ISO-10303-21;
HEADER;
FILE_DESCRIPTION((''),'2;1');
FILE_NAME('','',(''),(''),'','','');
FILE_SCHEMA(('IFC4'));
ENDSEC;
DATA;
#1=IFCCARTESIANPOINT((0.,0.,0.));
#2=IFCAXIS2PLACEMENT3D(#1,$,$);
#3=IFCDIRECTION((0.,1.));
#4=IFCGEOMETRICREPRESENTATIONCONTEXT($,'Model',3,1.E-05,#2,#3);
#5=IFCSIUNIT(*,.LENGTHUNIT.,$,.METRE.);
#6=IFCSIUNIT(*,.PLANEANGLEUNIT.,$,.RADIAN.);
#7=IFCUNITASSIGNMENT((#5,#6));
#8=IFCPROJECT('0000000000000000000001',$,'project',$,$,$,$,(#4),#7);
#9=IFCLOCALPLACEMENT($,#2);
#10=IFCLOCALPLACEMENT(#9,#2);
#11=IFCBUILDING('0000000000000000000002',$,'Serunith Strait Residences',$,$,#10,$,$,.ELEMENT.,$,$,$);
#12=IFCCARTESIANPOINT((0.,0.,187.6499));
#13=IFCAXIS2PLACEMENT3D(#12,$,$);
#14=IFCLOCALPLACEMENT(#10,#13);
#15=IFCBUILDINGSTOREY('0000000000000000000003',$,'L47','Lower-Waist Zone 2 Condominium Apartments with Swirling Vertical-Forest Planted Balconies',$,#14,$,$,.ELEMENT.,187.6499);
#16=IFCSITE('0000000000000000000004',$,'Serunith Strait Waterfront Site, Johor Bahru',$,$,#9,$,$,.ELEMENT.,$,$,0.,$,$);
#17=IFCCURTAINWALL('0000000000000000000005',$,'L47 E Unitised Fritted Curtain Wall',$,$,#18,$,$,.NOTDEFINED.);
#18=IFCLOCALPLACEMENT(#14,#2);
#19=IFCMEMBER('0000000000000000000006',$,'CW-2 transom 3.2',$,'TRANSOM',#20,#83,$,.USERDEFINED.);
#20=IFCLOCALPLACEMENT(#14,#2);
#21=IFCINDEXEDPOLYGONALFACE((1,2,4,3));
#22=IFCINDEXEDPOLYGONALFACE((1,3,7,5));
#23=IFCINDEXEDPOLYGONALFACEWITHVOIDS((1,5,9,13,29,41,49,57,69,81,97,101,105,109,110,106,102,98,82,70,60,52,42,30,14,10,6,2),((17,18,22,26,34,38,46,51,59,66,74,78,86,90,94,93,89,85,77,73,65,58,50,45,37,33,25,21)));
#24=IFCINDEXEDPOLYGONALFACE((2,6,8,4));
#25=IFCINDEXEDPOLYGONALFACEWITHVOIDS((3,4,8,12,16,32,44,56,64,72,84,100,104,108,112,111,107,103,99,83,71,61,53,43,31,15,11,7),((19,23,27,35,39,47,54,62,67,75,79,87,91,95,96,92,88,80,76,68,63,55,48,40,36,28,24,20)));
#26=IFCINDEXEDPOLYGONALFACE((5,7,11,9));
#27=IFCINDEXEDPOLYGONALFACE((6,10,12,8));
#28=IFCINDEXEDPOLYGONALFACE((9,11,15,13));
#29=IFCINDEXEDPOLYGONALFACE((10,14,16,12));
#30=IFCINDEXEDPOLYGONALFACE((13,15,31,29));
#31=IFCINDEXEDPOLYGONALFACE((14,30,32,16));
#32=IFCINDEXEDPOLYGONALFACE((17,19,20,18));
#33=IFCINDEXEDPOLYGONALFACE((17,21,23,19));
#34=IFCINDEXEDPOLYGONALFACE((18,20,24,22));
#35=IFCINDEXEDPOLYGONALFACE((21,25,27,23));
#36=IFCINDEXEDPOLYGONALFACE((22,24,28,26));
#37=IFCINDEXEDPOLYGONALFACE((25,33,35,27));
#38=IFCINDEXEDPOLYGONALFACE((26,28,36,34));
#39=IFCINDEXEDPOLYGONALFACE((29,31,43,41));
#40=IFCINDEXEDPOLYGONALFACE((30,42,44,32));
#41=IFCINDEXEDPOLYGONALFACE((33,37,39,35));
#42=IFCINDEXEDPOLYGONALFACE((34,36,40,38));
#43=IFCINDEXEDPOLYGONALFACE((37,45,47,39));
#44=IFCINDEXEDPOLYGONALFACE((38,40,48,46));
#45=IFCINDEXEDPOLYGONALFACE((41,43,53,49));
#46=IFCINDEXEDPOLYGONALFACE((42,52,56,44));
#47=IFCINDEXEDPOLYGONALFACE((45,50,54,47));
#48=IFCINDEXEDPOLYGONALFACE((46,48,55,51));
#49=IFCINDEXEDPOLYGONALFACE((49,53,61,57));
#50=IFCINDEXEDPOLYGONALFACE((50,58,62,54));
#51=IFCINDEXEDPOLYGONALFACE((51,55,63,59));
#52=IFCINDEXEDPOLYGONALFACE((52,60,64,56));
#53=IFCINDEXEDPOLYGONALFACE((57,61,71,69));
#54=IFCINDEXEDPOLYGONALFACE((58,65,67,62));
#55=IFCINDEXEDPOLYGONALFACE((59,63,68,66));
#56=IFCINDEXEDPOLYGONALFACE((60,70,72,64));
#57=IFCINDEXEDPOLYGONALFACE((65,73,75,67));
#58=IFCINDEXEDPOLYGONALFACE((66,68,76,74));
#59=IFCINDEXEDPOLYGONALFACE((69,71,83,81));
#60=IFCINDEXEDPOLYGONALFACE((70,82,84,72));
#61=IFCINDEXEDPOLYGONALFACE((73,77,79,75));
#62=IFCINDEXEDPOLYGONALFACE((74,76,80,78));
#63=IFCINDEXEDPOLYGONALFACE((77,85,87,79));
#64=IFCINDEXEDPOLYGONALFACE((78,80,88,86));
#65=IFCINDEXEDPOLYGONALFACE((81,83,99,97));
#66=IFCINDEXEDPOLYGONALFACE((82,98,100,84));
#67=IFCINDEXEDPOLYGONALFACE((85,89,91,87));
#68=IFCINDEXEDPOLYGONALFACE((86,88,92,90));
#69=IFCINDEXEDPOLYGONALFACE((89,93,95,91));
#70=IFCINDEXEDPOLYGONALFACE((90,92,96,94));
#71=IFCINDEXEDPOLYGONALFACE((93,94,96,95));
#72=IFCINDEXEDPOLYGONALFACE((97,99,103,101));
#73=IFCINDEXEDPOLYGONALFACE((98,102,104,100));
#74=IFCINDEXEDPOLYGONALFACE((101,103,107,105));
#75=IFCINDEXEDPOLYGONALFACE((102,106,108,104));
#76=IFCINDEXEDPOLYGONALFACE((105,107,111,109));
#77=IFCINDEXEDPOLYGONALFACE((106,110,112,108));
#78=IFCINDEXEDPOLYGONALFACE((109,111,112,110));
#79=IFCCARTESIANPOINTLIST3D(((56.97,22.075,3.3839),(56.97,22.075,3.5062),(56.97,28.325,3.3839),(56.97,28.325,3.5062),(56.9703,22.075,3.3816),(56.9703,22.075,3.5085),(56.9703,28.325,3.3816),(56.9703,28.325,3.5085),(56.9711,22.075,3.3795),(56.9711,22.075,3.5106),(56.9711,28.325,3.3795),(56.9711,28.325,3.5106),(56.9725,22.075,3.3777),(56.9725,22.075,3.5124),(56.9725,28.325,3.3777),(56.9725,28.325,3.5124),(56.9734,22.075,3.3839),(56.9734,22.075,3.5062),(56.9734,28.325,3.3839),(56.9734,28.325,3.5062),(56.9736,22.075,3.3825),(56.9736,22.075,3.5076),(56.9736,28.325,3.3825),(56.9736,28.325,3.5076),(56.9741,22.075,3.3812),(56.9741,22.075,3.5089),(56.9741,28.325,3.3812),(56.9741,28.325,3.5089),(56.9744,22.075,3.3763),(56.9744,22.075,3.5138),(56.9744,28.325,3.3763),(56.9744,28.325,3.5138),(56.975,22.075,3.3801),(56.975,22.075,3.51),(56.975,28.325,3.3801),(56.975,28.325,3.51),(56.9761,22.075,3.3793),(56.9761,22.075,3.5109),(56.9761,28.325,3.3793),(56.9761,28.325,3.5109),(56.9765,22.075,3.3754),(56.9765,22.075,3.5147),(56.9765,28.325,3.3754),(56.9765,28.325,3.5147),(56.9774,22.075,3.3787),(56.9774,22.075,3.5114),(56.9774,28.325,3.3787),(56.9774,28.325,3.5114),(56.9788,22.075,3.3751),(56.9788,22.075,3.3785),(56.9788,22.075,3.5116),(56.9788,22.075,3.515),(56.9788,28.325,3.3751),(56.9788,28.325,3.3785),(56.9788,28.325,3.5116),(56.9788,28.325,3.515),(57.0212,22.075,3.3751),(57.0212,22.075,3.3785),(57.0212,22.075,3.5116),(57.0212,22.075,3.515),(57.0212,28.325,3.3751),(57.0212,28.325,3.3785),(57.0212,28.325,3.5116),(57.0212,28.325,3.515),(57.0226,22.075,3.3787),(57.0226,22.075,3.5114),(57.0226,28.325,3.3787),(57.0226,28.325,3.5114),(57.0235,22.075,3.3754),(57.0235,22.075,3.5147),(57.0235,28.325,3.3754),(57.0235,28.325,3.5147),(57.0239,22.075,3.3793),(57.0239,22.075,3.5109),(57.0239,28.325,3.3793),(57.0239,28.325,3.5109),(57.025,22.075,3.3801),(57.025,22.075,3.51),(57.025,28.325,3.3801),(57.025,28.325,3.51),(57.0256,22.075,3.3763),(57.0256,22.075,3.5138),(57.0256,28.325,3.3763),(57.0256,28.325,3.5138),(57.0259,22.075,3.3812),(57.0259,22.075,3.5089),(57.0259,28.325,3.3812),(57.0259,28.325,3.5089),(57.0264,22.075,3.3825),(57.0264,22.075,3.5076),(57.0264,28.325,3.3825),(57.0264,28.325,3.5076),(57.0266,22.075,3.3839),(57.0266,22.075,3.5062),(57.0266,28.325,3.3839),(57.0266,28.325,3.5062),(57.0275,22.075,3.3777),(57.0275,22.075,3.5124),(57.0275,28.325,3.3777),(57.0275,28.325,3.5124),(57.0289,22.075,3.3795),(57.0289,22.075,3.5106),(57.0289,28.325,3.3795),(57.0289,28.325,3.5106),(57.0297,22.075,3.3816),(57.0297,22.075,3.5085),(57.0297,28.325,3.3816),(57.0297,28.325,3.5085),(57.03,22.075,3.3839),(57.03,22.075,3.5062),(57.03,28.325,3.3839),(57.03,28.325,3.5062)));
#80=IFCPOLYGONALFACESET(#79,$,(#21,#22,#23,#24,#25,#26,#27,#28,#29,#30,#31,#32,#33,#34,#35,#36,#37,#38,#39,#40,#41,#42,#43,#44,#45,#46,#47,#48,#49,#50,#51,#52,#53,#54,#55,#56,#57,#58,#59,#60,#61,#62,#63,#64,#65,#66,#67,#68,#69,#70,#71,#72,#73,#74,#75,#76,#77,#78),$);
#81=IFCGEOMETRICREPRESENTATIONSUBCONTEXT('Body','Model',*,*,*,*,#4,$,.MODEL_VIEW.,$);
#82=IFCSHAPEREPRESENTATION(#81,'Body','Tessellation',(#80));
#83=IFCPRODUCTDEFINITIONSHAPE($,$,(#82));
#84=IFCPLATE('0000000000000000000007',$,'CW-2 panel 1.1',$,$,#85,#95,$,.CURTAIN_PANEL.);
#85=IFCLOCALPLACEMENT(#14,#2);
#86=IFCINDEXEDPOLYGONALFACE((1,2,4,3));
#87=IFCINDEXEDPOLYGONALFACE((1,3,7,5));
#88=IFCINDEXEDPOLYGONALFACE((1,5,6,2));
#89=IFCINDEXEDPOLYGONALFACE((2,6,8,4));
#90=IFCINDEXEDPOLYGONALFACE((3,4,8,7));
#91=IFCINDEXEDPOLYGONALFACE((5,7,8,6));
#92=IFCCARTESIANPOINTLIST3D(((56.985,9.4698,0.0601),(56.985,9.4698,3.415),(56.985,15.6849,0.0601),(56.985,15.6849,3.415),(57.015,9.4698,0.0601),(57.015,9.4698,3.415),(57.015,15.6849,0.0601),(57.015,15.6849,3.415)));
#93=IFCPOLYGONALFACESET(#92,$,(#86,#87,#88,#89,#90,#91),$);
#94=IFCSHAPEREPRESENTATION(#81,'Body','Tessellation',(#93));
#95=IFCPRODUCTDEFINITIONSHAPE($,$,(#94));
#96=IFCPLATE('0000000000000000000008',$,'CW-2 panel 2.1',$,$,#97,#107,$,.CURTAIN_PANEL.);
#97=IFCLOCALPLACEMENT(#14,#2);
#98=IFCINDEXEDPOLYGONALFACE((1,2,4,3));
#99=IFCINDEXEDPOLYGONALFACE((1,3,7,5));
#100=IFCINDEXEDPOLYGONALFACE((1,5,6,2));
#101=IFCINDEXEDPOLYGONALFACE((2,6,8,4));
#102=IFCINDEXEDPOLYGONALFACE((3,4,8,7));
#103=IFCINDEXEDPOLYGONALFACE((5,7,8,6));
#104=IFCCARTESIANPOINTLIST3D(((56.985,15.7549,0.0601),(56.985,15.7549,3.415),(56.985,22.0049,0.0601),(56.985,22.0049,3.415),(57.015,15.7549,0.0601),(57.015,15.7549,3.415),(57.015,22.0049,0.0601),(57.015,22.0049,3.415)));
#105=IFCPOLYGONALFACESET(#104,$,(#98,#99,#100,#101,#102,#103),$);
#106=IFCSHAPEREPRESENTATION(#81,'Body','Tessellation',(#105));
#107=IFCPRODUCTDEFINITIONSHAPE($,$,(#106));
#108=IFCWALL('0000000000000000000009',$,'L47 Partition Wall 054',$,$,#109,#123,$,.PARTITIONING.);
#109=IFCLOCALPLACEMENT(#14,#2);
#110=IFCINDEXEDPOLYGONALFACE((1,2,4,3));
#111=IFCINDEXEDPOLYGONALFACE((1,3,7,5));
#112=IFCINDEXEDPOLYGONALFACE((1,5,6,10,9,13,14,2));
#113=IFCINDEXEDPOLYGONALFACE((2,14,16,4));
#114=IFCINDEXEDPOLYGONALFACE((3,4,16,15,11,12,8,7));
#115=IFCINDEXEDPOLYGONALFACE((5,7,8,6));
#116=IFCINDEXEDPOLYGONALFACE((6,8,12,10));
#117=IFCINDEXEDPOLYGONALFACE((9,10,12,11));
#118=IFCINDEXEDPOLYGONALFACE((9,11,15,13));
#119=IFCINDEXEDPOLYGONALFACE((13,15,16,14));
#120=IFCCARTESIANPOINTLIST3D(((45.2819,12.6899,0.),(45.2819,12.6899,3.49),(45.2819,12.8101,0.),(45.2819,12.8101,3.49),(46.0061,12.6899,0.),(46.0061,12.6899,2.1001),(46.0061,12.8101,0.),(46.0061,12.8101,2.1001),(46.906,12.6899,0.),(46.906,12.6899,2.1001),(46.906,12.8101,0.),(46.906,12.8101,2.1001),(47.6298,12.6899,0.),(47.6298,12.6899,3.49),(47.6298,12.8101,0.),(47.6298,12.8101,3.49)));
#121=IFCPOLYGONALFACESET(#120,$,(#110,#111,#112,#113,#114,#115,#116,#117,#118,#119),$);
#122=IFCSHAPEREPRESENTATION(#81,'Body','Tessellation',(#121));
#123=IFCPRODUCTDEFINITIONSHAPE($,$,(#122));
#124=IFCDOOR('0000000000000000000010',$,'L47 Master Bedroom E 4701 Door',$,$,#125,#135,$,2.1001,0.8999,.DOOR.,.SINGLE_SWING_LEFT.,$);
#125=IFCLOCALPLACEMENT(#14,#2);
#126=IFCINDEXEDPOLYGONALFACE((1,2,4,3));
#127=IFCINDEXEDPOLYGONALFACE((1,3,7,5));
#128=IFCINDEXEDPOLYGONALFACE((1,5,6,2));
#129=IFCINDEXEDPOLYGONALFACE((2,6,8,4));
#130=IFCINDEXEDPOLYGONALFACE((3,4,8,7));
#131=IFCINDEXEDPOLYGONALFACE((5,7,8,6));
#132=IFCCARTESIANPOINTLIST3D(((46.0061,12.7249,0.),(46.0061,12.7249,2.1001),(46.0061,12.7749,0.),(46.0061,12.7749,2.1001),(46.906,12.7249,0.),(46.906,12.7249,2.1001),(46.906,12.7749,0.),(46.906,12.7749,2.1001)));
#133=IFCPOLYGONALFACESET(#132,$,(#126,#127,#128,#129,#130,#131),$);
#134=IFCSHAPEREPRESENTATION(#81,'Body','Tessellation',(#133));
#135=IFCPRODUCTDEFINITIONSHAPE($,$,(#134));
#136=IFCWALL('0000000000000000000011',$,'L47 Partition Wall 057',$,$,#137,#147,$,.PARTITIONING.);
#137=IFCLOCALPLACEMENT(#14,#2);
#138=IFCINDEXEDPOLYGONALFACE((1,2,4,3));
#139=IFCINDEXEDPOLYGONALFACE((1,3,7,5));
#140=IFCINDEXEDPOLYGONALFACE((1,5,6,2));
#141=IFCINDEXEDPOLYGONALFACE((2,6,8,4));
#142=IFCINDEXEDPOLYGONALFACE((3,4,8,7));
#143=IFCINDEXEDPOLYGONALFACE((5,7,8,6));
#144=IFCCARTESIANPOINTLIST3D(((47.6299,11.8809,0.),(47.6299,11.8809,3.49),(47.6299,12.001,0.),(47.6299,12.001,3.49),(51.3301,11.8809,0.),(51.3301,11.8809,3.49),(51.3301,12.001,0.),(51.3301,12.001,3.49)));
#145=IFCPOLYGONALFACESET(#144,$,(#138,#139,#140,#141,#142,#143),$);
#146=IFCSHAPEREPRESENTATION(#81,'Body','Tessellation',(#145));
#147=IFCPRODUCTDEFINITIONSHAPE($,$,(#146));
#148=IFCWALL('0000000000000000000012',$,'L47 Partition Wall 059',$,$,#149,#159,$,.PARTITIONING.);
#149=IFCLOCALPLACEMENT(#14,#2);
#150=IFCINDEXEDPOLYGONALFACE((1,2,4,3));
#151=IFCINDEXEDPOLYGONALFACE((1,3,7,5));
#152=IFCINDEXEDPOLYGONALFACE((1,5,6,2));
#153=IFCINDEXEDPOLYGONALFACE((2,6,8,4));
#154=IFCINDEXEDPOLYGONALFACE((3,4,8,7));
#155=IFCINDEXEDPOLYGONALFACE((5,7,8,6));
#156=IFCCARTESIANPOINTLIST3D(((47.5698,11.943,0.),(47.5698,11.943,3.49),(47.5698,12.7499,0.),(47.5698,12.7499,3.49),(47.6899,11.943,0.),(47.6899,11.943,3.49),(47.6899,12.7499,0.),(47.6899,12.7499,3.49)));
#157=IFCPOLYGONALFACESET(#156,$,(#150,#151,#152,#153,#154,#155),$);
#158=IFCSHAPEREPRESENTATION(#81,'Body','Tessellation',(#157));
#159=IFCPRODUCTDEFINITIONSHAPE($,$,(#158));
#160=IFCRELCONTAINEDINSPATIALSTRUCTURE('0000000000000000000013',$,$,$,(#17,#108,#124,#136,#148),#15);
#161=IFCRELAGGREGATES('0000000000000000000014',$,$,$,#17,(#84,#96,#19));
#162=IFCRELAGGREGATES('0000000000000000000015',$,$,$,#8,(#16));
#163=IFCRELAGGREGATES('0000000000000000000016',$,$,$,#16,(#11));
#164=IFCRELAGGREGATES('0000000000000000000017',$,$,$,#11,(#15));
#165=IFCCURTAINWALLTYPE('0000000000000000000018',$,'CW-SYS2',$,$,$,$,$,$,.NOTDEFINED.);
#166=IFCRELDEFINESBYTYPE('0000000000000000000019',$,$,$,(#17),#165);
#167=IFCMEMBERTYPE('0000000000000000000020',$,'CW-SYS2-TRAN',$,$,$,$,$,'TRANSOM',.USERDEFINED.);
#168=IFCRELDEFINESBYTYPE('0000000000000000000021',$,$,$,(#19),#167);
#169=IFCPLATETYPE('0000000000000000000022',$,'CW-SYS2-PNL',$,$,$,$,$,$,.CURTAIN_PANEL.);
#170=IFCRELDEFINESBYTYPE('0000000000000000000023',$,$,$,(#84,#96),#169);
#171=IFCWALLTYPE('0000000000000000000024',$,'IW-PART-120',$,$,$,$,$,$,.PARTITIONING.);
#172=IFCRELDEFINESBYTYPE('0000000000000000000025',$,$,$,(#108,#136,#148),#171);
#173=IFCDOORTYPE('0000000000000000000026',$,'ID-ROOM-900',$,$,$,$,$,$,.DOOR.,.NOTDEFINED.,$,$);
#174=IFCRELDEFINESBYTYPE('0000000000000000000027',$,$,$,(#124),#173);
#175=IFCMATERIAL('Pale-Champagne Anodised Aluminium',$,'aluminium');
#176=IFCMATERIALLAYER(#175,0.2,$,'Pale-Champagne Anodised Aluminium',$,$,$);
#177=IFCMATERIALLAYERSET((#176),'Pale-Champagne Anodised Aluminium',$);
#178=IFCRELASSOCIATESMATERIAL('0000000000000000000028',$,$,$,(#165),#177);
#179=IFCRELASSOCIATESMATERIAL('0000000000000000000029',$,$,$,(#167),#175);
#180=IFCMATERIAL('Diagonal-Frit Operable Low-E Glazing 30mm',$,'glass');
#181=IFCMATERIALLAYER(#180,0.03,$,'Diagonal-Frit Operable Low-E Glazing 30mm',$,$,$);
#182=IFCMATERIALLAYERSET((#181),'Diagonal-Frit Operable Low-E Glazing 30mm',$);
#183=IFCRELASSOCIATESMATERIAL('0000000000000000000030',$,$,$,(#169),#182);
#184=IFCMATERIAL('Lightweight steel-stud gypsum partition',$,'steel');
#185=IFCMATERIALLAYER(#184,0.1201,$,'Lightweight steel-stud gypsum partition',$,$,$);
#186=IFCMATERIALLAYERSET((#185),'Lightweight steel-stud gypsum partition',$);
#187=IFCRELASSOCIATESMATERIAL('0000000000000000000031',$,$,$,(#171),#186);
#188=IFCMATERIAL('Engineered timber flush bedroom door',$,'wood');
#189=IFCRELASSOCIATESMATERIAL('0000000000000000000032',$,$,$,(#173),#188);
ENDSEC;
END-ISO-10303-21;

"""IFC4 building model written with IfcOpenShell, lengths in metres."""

from ifc_helpers import new_model, si_unit, direction, frame, frame_2d, origin, origin_2d, place, context, subcontext, project, spatial, rectangle, hollow_rectangle, extrude, source, transform, mapped, material, layer, layer_set, material_profile, profile_set, type_object, element, fill, aggregate, save


model = new_model("IFC4")

# Units and contexts
model_context = context("Model", 3, precision=1e-05, world=origin(), true_north=direction((0.0, 1.0)))
body_context = subcontext(model_context, "Body", "Model", "MODEL_VIEW")
ifc_project = project(units=[si_unit("LENGTHUNIT", "METRE"), si_unit("PLANEANGLEUNIT", "RADIAN")], contexts=[model_context])

# Site, building, storey
site_placement = place(None, origin())
site = spatial("IfcSite", under=ifc_project, at=site_placement, Name="Serunith Strait Waterfront Site, Johor Bahru", CompositionType="ELEMENT", RefElevation=0.0)
building_placement = place(site_placement, origin())
building = spatial("IfcBuilding", under=site, at=building_placement, Name="Serunith Strait Residences", CompositionType="ELEMENT")
storey_placement = place(building_placement, frame((0.0, 0.0, 187.6499)))
storey = spatial("IfcBuildingStorey", under=building, at=storey_placement, Name="L47", Description="Lower-Waist Zone 2 Condominium Apartments with Swirling Vertical-Forest Planted Balconies", CompositionType="ELEMENT", Elevation=187.6499)

# Curtain wall, member, plates
ifc_material_1 = material(Name="Pale-Champagne Anodised Aluminium", Category="aluminium")
ifc_layer_1 = layer(ifc_material_1, 0.2, Name="Pale-Champagne Anodised Aluminium")
ifc_layer_set_1 = layer_set([ifc_layer_1], Name="Pale-Champagne Anodised Aluminium")
curtain_wall_type = type_object("IfcCurtainWallType", Name="CW-SYS2", PredefinedType="NOTDEFINED", material=ifc_layer_set_1)
curtain_wall_placement = place(storey_placement, origin())
curtain_wall = element("IfcCurtainWall", 1, at=curtain_wall_placement, inside=storey, type_object=curtain_wall_type, Name="L47 E Unitised Fritted Curtain Wall", PredefinedType="NOTDEFINED")
ifc_material_profile_1 = material_profile(ifc_material_1, hollow_rectangle(XDim=0.0601, YDim=0.1399, WallThickness=0.0034, InnerFilletRadius=0.0054, OuterFilletRadius=0.0088, at=origin_2d()), Name="ALU 140x60x3.5")
ifc_profile_set_1 = profile_set([ifc_material_profile_1], Name="Pale-Champagne Anodised Aluminium")
member_type_1 = type_object("IfcMemberType", Name="CW-SYS2-TRAN", ElementType="TRANSOM", PredefinedType="USERDEFINED", material=ifc_profile_set_1)
shared_shape_1 = source(origin(), body_context, "Body", "SweptSolid", [
    extrude(hollow_rectangle(XDim=0.0601, YDim=0.1399, WallThickness=0.0034, InnerFilletRadius=0.0054, OuterFilletRadius=0.0088, at=origin_2d()), origin(), (0.0, 0.0, 1.0), 6.25),
])
member_1_placement = place(storey_placement, frame((57.0, 22.075, 3.4451), z_axis=(0.0, 1.0, 0.0), x_axis=(-1.0, 0.0, 0.0)))
member_1 = element("IfcMember", 2, at=member_1_placement, type_object=member_type_1, Name="CW-2 transom 3.2", ObjectType="TRANSOM", PredefinedType="USERDEFINED", context=body_context, shape_type="MappedRepresentation", body=[
    mapped(shared_shape_1, transform((0.0, 0.0, 0.0), scale=1.0)),
])
ifc_material_2 = material(Name="Diagonal-Frit Operable Low-E Glazing 30mm", Category="glass")
ifc_layer_2 = layer(ifc_material_2, 0.03, Name="Diagonal-Frit Operable Low-E Glazing 30mm")
ifc_layer_set_2 = layer_set([ifc_layer_2], Name="Diagonal-Frit Operable Low-E Glazing 30mm")
plate_type = type_object("IfcPlateType", Name="CW-SYS2-PNL", PredefinedType="CURTAIN_PANEL", material=ifc_layer_set_2)
shared_shape_2 = source(origin(), body_context, "Body", "SweptSolid", [
    extrude(rectangle(XDim=6.2151, YDim=0.03, at=origin_2d()), origin(), (0.0, 0.0, 1.0), 3.355),
])
plate_1_placement = place(storey_placement, frame((57.0, 12.5774, 0.0601), z_axis=(0.0, 0.0, 1.0), x_axis=(0.0, 1.0, 0.0)))
plate_1 = element("IfcPlate", 3, at=plate_1_placement, type_object=plate_type, Name="CW-2 panel 1.1", PredefinedType="CURTAIN_PANEL", context=body_context, shape_type="MappedRepresentation", body=[
    mapped(shared_shape_2, transform((0.0, 0.0, 0.0), scale=1.0)),
])
shared_shape_3 = source(origin(), body_context, "Body", "SweptSolid", [
    extrude(rectangle(XDim=6.25, YDim=0.03, at=origin_2d()), origin(), (0.0, 0.0, 1.0), 3.355),
])
plate_2_placement = place(storey_placement, frame((57.0, 18.8799, 0.0601), z_axis=(0.0, 0.0, 1.0), x_axis=(0.0, 1.0, 0.0)))
plate_2 = element("IfcPlate", 4, at=plate_2_placement, type_object=plate_type, Name="CW-2 panel 2.1", PredefinedType="CURTAIN_PANEL", context=body_context, shape_type="MappedRepresentation", body=[
    mapped(shared_shape_3, transform((0.0, 0.0, 0.0), scale=1.0)),
])
aggregate(curtain_wall, [plate_1, plate_2, member_1])

# Wall, opening, door
ifc_material_3 = material(Name="Lightweight steel-stud gypsum partition", Category="steel")
ifc_layer_3 = layer(ifc_material_3, 0.1201, Name="Lightweight steel-stud gypsum partition")
ifc_layer_set_3 = layer_set([ifc_layer_3], Name="Lightweight steel-stud gypsum partition")
wall_type = type_object("IfcWallType", Name="IW-PART-120", PredefinedType="PARTITIONING", material=ifc_layer_set_3)
wall_1_placement = place(storey_placement, frame((45.282, 12.75, 0.0), z_axis=(0.0, 0.0, 1.0), x_axis=(1.0, 0.0, 0.0)))
wall_1 = element("IfcWall", 5, at=wall_1_placement, inside=storey, type_object=wall_type, Name="L47 Partition Wall 054", PredefinedType="PARTITIONING", context=body_context, shape_type="SweptSolid", body=[
    extrude(rectangle(XDim=2.3479, YDim=0.1201, at=frame_2d((1.1738, 0.0))), origin(), (0.0, 0.0, 1.0), 3.49),
])
opening_1_placement = place(wall_1_placement, frame((0.7241, 0.0, 0.0)))
opening_1 = element("IfcOpeningElement", 6, at=opening_1_placement, cuts=wall_1, PredefinedType="OPENING", context=body_context, shape_type="SweptSolid", body=[
    extrude(rectangle(XDim=0.8999, YDim=2.1001, at=frame_2d((0.45, 1.05))), frame((0.0, 0.0701, 0.0), z_axis=(0.0, -1.0, 0.0), x_axis=(1.0, 0.0, 0.0)), (0.0, 0.0, 1.0), 0.1401),
])
ifc_material_4 = material(Name="Engineered timber flush bedroom door", Category="wood")
door_type_1 = type_object("IfcDoorType", Name="ID-ROOM-900", OperationType="NOTDEFINED", PredefinedType="DOOR", material=ifc_material_4)
shared_shape_4 = source(origin(), body_context, "Body", "SweptSolid", [
    extrude(rectangle(XDim=0.8999, YDim=2.1001, at=frame_2d((0.45, 1.05))), frame((0.0, 0.0249, 0.0), z_axis=(0.0, -1.0, 0.0), x_axis=(1.0, 0.0, 0.0)), (0.0, 0.0, 1.0), 0.05),
])
door_1_placement = place(opening_1_placement, origin())
door_1 = element("IfcDoor", 7, at=door_1_placement, inside=storey, type_object=door_type_1, Name="L47 Master Bedroom E 4701 Door", OperationType="SINGLE_SWING_LEFT", OverallHeight=2.1001, OverallWidth=0.8999, PredefinedType="DOOR", context=body_context, shape_type="MappedRepresentation", body=[
    mapped(shared_shape_4, transform((0.0, 0.0, 0.0), scale=1.0)),
])
fill(opening_1, door_1)

# Walls
wall_2_placement = place(storey_placement, frame((47.6299, 11.9409, 0.0), z_axis=(0.0, 0.0, 1.0), x_axis=(1.0, 0.0, 0.0)))
element("IfcWall", 8, at=wall_2_placement, inside=storey, type_object=wall_type, Name="L47 Partition Wall 057", PredefinedType="PARTITIONING", context=body_context, shape_type="SweptSolid", body=[
    extrude(rectangle(XDim=3.7002, YDim=0.1201, at=frame_2d((1.8501, 0.0))), origin(), (0.0, 0.0, 1.0), 3.49),
])
wall_3_placement = place(storey_placement, frame((47.6299, 11.9431, 0.0), z_axis=(0.0, 0.0, 1.0), x_axis=(0.0, 1.0, 0.0)))
element("IfcWall", 9, at=wall_3_placement, inside=storey, type_object=wall_type, Name="L47 Partition Wall 059", PredefinedType="PARTITIONING", context=body_context, shape_type="SweptSolid", body=[
    extrude(rectangle(XDim=0.8069, YDim=0.1201, at=frame_2d((0.4033, 0.0))), origin(), (0.0, 0.0, 1.0), 3.49),
])

save(model, "model.ifc")
